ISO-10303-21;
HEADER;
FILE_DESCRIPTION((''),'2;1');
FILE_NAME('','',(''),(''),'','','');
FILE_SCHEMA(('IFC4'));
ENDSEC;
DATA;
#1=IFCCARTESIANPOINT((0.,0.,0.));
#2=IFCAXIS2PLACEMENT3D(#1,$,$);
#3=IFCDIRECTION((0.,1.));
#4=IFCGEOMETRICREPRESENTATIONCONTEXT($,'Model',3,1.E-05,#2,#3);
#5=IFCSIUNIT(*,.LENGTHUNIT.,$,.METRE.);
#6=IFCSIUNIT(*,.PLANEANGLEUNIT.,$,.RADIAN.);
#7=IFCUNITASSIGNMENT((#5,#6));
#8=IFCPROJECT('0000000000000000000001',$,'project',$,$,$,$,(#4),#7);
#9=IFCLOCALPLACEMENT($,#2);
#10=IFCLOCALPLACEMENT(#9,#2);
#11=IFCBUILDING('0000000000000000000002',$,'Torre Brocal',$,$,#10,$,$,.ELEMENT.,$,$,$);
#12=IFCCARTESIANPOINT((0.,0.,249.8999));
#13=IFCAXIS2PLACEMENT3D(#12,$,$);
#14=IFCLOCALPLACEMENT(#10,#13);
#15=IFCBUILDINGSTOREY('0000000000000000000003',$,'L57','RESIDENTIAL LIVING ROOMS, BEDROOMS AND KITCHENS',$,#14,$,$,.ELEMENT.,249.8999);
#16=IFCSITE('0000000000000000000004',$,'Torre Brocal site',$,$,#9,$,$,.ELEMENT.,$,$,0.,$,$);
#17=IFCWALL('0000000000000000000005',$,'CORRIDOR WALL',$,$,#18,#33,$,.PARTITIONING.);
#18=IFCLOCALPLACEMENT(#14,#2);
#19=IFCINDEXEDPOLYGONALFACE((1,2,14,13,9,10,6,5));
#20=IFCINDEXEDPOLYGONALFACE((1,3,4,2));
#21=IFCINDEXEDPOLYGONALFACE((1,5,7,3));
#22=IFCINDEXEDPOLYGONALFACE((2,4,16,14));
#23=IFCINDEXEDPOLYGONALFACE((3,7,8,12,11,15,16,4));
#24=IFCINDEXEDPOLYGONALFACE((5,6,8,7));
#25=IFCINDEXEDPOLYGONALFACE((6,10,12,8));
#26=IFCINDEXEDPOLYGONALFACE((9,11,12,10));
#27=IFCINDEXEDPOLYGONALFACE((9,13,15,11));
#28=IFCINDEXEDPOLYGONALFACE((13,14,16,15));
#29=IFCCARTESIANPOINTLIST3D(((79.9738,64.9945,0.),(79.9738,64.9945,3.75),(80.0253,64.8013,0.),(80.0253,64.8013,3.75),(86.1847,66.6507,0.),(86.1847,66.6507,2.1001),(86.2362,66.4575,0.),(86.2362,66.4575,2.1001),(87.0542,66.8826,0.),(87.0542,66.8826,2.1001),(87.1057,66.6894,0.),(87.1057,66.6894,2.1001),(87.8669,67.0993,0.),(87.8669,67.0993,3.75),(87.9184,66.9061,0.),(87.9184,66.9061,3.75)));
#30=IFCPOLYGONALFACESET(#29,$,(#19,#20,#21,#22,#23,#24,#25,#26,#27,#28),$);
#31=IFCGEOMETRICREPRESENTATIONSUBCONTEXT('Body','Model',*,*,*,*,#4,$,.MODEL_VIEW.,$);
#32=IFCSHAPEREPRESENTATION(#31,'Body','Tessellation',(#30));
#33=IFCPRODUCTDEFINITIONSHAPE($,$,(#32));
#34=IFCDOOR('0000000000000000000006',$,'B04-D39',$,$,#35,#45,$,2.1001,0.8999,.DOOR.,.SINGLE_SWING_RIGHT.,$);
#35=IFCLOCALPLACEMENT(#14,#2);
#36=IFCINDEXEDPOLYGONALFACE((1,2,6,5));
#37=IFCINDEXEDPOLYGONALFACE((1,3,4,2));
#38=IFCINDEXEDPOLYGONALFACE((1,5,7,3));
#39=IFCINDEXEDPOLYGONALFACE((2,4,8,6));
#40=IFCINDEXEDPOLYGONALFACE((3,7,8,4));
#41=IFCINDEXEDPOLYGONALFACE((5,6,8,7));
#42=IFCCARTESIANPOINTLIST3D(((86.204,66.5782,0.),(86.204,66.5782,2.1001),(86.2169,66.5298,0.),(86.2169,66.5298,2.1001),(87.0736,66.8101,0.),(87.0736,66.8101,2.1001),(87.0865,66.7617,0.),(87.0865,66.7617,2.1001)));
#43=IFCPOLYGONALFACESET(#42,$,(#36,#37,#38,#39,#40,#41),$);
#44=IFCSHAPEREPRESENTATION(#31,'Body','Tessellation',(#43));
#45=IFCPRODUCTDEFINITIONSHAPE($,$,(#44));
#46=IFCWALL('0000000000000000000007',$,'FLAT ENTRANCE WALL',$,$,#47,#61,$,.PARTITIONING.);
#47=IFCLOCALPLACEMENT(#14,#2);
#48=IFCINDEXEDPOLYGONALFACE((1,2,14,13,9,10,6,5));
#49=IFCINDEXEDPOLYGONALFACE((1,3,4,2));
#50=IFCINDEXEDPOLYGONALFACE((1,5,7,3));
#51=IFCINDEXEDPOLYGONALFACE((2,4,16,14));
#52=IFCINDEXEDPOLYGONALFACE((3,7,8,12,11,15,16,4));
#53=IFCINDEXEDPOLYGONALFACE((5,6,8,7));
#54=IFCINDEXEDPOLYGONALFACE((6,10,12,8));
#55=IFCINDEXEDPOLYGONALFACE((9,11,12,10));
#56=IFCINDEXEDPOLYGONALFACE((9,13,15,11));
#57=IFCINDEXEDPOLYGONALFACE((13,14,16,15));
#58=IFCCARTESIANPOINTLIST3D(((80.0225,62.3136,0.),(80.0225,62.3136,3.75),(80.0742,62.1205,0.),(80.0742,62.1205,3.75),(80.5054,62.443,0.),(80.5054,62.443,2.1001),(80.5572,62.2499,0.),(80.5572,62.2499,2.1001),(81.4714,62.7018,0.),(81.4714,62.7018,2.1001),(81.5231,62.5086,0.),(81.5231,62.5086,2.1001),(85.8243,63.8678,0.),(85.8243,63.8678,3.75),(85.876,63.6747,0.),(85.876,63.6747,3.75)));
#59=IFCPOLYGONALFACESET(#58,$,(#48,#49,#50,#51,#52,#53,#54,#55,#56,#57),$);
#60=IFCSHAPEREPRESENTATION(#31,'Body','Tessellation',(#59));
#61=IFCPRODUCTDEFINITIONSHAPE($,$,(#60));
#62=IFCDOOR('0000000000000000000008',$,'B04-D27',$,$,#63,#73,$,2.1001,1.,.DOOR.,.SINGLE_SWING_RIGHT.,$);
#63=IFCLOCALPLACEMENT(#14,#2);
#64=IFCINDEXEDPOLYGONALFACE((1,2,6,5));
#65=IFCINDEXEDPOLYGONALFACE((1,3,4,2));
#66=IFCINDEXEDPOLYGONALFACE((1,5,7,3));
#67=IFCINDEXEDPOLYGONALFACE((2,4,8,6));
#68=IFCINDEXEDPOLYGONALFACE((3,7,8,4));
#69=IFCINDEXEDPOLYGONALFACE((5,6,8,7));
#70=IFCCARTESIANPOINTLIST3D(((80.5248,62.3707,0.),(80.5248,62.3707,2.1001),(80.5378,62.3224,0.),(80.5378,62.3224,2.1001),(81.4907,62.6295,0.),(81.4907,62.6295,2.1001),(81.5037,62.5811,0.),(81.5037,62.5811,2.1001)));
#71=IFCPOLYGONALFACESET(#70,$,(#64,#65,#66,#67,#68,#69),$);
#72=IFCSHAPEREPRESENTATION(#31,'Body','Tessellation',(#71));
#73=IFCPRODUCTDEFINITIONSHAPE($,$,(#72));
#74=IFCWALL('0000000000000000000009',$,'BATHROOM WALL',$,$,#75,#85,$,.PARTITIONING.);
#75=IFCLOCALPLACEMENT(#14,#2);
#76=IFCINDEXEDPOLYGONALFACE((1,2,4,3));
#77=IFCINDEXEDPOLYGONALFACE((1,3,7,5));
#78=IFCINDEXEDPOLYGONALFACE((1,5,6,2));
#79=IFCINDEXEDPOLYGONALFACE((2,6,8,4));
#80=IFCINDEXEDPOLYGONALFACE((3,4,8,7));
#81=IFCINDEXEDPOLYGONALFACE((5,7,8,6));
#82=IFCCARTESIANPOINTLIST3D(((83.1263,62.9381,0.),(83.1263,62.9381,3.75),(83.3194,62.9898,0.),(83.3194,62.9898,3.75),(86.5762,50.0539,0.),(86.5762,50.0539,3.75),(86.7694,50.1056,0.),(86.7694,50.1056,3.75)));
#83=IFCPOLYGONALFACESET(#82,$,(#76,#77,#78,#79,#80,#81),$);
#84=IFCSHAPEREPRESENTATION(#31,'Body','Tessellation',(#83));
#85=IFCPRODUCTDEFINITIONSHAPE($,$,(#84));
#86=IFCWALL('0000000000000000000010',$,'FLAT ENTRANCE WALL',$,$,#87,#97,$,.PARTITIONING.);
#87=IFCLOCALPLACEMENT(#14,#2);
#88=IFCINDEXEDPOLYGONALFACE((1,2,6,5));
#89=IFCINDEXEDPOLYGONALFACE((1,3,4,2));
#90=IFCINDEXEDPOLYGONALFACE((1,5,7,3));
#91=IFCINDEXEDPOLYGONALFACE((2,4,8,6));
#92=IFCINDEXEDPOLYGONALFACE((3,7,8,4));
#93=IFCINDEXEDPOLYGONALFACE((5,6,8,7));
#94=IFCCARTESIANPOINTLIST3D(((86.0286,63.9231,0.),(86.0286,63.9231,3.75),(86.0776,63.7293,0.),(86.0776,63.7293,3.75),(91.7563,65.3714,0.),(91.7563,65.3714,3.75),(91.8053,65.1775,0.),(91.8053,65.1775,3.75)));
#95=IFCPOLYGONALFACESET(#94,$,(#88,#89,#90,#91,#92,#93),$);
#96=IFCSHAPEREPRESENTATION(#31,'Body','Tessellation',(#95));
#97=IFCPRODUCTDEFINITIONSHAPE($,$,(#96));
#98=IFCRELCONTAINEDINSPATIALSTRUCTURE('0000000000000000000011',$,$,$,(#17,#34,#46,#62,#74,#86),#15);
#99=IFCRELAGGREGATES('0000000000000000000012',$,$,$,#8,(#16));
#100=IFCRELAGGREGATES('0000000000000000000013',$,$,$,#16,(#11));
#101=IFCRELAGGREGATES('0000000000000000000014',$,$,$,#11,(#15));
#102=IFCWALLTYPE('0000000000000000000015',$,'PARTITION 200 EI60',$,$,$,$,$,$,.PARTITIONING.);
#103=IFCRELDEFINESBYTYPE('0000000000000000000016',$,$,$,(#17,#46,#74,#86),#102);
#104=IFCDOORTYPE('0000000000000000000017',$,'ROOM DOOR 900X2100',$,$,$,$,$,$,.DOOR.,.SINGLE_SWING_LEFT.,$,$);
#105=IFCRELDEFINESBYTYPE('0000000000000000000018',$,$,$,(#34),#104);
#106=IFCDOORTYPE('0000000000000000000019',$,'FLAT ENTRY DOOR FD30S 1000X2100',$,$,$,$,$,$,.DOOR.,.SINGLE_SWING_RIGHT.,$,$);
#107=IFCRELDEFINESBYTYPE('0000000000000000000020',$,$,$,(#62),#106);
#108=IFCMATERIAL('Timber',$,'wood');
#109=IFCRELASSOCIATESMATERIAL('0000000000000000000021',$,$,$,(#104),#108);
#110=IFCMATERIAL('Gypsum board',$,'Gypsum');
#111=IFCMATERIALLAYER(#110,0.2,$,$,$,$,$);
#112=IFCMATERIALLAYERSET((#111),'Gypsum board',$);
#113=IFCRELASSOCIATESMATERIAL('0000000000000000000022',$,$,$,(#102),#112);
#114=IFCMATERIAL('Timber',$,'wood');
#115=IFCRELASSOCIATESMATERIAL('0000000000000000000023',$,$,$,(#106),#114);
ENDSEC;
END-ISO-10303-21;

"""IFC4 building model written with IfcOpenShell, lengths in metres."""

from ifc_helpers import new_model, si_unit, direction, frame, frame_2d, origin, place, context, subcontext, project, spatial, rectangle, extrude, material, layer, layer_set, type_object, element, fill, save


model = new_model("IFC4")

# Units and contexts
model_context = context("Model", 3, precision=1e-05, world=origin(), true_north=direction((0.0, 1.0)))
body_context = subcontext(model_context, "Body", "Model", "MODEL_VIEW")
ifc_project = project(units=[si_unit("LENGTHUNIT", "METRE"), si_unit("PLANEANGLEUNIT", "RADIAN")], contexts=[model_context])

# Site, building, storey
site_placement = place(None, origin())
site = spatial("IfcSite", under=ifc_project, at=site_placement, Name="Torre Brocal site", CompositionType="ELEMENT", RefElevation=0.0)
building_placement = place(site_placement, origin())
building = spatial("IfcBuilding", under=site, at=building_placement, Name="Torre Brocal", CompositionType="ELEMENT")
storey_placement = place(building_placement, frame((0.0, 0.0, 249.8999)))
storey = spatial("IfcBuildingStorey", under=building, at=storey_placement, Name="L57", Description="RESIDENTIAL LIVING ROOMS, BEDROOMS AND KITCHENS", CompositionType="ELEMENT", Elevation=249.8999)

# Shared definitions
ifc_material_1 = material(Name="Timber", Category="wood")
door_type_1 = type_object("IfcDoorType", Name="ROOM DOOR 900X2100", OperationType="SINGLE_SWING_LEFT", PredefinedType="DOOR", material=ifc_material_1)

# Walls, openings, doors
ifc_material_2 = material(Name="Gypsum board", Category="Gypsum")
ifc_layer_1 = layer(ifc_material_2, 0.2)
ifc_layer_set_1 = layer_set([ifc_layer_1], Name="Gypsum board")
wall_type_1 = type_object("IfcWallType", Name="PARTITION 200 EI60", PredefinedType="PARTITIONING", material=ifc_layer_set_1)
wall_1_placement = place(storey_placement, frame((79.9995, 64.8979, 0.0), z_axis=(0.0, 0.0, 1.0), x_axis=(0.966237, 0.257653, 0.0)))
wall_1 = element("IfcWall", 1, at=wall_1_placement, inside=storey, type_object=wall_type_1, Name="CORRIDOR WALL", PredefinedType="PARTITIONING", context=body_context, shape_type="SweptSolid", body=[
    extrude(rectangle(XDim=8.1689, YDim=0.2, at=frame_2d((4.0845, 0.0))), origin(), (0.0, 0.0, 1.0), 3.75),
])
opening_1_placement = place(wall_1_placement, frame((6.428, 0.0, 0.0)))
opening_1 = element("IfcOpeningElement", 2, at=opening_1_placement, cuts=wall_1, PredefinedType="OPENING", context=body_context, shape_type="SweptSolid", body=[
    extrude(rectangle(XDim=0.8999, YDim=2.1001, at=frame_2d((0.45, 1.05))), frame((0.0, 0.1099, 0.0), z_axis=(0.0, -1.0, 0.0), x_axis=(1.0, 0.0, 0.0)), (0.0, 0.0, 1.0), 0.22),
])
door_1_placement = place(opening_1_placement, origin())
door_1 = element("IfcDoor", 3, at=door_1_placement, inside=storey, type_object=door_type_1, Name="B04-D39", OperationType="SINGLE_SWING_RIGHT", OverallHeight=2.1001, OverallWidth=0.8999, PredefinedType="DOOR", context=body_context, shape_type="SweptSolid", body=[
    extrude(rectangle(XDim=0.8999, YDim=2.1001, at=frame_2d((0.45, 1.05))), frame((0.0, 0.0249, 0.0), z_axis=(0.0, -1.0, 0.0), x_axis=(1.0, 0.0, 0.0)), (0.0, 0.0, 1.0), 0.05),
])
fill(opening_1, door_1)
wall_2_placement = place(storey_placement, frame((80.0483, 62.217, 0.0), z_axis=(0.0, 0.0, 1.0), x_axis=(0.965942, 0.25876, 0.0)))
wall_2 = element("IfcWall", 4, at=wall_2_placement, inside=storey, type_object=wall_type_1, Name="FLAT ENTRANCE WALL", PredefinedType="PARTITIONING", context=body_context, shape_type="SweptSolid", body=[
    extrude(rectangle(XDim=6.0063, YDim=0.2, at=frame_2d((3.0032, 0.0))), origin(), (0.0, 0.0, 1.0), 3.75),
])
opening_2_placement = place(wall_2_placement, frame((0.5, 0.0, 0.0)))
opening_2 = element("IfcOpeningElement", 5, at=opening_2_placement, cuts=wall_2, PredefinedType="OPENING", context=body_context, shape_type="SweptSolid", body=[
    extrude(rectangle(XDim=1.0, YDim=2.1001, at=frame_2d((0.5, 1.05))), frame((0.0, 0.1099, 0.0), z_axis=(0.0, -1.0, 0.0), x_axis=(1.0, 0.0, 0.0)), (0.0, 0.0, 1.0), 0.22),
])
ifc_material_3 = material(Name="Timber", Category="wood")
door_type_2 = type_object("IfcDoorType", Name="FLAT ENTRY DOOR FD30S 1000X2100", OperationType="SINGLE_SWING_RIGHT", PredefinedType="DOOR", material=ifc_material_3)
door_2_placement = place(opening_2_placement, frame((1.0, 0.0, 0.0), z_axis=(0.0, 0.0, 1.0), x_axis=(-1.0, 0.0, 0.0)))
door_2 = element("IfcDoor", 6, at=door_2_placement, inside=storey, type_object=door_type_2, Name="B04-D27", OperationType="SINGLE_SWING_RIGHT", OverallHeight=2.1001, OverallWidth=1.0, PredefinedType="DOOR", context=body_context, shape_type="SweptSolid", body=[
    extrude(rectangle(XDim=1.0, YDim=2.1001, at=frame_2d((0.5, 1.05))), frame((0.0, 0.0249, 0.0), z_axis=(0.0, -1.0, 0.0), x_axis=(1.0, 0.0, 0.0)), (0.0, 0.0, 1.0), 0.05),
])
fill(opening_2, door_2)

# Walls
wall_3_placement = place(storey_placement, frame((83.2229, 62.9639, 0.0), z_axis=(0.0, 0.0, 1.0), x_axis=(0.258653, -0.96597, 0.0)))
element("IfcWall", 7, at=wall_3_placement, inside=storey, type_object=wall_type_1, Name="BATHROOM WALL", PredefinedType="PARTITIONING", context=body_context, shape_type="SweptSolid", body=[
    extrude(rectangle(XDim=13.3381, YDim=0.2, at=frame_2d((6.6689, 0.0))), origin(), (0.0, 0.0, 1.0), 3.75),
])
wall_4_placement = place(storey_placement, frame((86.053, 63.8262, 0.0), z_axis=(0.0, 0.0, 1.0), x_axis=(0.96949, 0.245131, 0.0)))
element("IfcWall", 8, at=wall_4_placement, inside=storey, type_object=wall_type_1, Name="FLAT ENTRANCE WALL", PredefinedType="PARTITIONING", context=body_context, shape_type="SweptSolid", body=[
    extrude(rectangle(XDim=5.908, YDim=0.2, at=frame_2d((2.9541, 0.0))), origin(), (0.0, 0.0, 1.0), 3.75),
])

save(model, "model.ifc")
